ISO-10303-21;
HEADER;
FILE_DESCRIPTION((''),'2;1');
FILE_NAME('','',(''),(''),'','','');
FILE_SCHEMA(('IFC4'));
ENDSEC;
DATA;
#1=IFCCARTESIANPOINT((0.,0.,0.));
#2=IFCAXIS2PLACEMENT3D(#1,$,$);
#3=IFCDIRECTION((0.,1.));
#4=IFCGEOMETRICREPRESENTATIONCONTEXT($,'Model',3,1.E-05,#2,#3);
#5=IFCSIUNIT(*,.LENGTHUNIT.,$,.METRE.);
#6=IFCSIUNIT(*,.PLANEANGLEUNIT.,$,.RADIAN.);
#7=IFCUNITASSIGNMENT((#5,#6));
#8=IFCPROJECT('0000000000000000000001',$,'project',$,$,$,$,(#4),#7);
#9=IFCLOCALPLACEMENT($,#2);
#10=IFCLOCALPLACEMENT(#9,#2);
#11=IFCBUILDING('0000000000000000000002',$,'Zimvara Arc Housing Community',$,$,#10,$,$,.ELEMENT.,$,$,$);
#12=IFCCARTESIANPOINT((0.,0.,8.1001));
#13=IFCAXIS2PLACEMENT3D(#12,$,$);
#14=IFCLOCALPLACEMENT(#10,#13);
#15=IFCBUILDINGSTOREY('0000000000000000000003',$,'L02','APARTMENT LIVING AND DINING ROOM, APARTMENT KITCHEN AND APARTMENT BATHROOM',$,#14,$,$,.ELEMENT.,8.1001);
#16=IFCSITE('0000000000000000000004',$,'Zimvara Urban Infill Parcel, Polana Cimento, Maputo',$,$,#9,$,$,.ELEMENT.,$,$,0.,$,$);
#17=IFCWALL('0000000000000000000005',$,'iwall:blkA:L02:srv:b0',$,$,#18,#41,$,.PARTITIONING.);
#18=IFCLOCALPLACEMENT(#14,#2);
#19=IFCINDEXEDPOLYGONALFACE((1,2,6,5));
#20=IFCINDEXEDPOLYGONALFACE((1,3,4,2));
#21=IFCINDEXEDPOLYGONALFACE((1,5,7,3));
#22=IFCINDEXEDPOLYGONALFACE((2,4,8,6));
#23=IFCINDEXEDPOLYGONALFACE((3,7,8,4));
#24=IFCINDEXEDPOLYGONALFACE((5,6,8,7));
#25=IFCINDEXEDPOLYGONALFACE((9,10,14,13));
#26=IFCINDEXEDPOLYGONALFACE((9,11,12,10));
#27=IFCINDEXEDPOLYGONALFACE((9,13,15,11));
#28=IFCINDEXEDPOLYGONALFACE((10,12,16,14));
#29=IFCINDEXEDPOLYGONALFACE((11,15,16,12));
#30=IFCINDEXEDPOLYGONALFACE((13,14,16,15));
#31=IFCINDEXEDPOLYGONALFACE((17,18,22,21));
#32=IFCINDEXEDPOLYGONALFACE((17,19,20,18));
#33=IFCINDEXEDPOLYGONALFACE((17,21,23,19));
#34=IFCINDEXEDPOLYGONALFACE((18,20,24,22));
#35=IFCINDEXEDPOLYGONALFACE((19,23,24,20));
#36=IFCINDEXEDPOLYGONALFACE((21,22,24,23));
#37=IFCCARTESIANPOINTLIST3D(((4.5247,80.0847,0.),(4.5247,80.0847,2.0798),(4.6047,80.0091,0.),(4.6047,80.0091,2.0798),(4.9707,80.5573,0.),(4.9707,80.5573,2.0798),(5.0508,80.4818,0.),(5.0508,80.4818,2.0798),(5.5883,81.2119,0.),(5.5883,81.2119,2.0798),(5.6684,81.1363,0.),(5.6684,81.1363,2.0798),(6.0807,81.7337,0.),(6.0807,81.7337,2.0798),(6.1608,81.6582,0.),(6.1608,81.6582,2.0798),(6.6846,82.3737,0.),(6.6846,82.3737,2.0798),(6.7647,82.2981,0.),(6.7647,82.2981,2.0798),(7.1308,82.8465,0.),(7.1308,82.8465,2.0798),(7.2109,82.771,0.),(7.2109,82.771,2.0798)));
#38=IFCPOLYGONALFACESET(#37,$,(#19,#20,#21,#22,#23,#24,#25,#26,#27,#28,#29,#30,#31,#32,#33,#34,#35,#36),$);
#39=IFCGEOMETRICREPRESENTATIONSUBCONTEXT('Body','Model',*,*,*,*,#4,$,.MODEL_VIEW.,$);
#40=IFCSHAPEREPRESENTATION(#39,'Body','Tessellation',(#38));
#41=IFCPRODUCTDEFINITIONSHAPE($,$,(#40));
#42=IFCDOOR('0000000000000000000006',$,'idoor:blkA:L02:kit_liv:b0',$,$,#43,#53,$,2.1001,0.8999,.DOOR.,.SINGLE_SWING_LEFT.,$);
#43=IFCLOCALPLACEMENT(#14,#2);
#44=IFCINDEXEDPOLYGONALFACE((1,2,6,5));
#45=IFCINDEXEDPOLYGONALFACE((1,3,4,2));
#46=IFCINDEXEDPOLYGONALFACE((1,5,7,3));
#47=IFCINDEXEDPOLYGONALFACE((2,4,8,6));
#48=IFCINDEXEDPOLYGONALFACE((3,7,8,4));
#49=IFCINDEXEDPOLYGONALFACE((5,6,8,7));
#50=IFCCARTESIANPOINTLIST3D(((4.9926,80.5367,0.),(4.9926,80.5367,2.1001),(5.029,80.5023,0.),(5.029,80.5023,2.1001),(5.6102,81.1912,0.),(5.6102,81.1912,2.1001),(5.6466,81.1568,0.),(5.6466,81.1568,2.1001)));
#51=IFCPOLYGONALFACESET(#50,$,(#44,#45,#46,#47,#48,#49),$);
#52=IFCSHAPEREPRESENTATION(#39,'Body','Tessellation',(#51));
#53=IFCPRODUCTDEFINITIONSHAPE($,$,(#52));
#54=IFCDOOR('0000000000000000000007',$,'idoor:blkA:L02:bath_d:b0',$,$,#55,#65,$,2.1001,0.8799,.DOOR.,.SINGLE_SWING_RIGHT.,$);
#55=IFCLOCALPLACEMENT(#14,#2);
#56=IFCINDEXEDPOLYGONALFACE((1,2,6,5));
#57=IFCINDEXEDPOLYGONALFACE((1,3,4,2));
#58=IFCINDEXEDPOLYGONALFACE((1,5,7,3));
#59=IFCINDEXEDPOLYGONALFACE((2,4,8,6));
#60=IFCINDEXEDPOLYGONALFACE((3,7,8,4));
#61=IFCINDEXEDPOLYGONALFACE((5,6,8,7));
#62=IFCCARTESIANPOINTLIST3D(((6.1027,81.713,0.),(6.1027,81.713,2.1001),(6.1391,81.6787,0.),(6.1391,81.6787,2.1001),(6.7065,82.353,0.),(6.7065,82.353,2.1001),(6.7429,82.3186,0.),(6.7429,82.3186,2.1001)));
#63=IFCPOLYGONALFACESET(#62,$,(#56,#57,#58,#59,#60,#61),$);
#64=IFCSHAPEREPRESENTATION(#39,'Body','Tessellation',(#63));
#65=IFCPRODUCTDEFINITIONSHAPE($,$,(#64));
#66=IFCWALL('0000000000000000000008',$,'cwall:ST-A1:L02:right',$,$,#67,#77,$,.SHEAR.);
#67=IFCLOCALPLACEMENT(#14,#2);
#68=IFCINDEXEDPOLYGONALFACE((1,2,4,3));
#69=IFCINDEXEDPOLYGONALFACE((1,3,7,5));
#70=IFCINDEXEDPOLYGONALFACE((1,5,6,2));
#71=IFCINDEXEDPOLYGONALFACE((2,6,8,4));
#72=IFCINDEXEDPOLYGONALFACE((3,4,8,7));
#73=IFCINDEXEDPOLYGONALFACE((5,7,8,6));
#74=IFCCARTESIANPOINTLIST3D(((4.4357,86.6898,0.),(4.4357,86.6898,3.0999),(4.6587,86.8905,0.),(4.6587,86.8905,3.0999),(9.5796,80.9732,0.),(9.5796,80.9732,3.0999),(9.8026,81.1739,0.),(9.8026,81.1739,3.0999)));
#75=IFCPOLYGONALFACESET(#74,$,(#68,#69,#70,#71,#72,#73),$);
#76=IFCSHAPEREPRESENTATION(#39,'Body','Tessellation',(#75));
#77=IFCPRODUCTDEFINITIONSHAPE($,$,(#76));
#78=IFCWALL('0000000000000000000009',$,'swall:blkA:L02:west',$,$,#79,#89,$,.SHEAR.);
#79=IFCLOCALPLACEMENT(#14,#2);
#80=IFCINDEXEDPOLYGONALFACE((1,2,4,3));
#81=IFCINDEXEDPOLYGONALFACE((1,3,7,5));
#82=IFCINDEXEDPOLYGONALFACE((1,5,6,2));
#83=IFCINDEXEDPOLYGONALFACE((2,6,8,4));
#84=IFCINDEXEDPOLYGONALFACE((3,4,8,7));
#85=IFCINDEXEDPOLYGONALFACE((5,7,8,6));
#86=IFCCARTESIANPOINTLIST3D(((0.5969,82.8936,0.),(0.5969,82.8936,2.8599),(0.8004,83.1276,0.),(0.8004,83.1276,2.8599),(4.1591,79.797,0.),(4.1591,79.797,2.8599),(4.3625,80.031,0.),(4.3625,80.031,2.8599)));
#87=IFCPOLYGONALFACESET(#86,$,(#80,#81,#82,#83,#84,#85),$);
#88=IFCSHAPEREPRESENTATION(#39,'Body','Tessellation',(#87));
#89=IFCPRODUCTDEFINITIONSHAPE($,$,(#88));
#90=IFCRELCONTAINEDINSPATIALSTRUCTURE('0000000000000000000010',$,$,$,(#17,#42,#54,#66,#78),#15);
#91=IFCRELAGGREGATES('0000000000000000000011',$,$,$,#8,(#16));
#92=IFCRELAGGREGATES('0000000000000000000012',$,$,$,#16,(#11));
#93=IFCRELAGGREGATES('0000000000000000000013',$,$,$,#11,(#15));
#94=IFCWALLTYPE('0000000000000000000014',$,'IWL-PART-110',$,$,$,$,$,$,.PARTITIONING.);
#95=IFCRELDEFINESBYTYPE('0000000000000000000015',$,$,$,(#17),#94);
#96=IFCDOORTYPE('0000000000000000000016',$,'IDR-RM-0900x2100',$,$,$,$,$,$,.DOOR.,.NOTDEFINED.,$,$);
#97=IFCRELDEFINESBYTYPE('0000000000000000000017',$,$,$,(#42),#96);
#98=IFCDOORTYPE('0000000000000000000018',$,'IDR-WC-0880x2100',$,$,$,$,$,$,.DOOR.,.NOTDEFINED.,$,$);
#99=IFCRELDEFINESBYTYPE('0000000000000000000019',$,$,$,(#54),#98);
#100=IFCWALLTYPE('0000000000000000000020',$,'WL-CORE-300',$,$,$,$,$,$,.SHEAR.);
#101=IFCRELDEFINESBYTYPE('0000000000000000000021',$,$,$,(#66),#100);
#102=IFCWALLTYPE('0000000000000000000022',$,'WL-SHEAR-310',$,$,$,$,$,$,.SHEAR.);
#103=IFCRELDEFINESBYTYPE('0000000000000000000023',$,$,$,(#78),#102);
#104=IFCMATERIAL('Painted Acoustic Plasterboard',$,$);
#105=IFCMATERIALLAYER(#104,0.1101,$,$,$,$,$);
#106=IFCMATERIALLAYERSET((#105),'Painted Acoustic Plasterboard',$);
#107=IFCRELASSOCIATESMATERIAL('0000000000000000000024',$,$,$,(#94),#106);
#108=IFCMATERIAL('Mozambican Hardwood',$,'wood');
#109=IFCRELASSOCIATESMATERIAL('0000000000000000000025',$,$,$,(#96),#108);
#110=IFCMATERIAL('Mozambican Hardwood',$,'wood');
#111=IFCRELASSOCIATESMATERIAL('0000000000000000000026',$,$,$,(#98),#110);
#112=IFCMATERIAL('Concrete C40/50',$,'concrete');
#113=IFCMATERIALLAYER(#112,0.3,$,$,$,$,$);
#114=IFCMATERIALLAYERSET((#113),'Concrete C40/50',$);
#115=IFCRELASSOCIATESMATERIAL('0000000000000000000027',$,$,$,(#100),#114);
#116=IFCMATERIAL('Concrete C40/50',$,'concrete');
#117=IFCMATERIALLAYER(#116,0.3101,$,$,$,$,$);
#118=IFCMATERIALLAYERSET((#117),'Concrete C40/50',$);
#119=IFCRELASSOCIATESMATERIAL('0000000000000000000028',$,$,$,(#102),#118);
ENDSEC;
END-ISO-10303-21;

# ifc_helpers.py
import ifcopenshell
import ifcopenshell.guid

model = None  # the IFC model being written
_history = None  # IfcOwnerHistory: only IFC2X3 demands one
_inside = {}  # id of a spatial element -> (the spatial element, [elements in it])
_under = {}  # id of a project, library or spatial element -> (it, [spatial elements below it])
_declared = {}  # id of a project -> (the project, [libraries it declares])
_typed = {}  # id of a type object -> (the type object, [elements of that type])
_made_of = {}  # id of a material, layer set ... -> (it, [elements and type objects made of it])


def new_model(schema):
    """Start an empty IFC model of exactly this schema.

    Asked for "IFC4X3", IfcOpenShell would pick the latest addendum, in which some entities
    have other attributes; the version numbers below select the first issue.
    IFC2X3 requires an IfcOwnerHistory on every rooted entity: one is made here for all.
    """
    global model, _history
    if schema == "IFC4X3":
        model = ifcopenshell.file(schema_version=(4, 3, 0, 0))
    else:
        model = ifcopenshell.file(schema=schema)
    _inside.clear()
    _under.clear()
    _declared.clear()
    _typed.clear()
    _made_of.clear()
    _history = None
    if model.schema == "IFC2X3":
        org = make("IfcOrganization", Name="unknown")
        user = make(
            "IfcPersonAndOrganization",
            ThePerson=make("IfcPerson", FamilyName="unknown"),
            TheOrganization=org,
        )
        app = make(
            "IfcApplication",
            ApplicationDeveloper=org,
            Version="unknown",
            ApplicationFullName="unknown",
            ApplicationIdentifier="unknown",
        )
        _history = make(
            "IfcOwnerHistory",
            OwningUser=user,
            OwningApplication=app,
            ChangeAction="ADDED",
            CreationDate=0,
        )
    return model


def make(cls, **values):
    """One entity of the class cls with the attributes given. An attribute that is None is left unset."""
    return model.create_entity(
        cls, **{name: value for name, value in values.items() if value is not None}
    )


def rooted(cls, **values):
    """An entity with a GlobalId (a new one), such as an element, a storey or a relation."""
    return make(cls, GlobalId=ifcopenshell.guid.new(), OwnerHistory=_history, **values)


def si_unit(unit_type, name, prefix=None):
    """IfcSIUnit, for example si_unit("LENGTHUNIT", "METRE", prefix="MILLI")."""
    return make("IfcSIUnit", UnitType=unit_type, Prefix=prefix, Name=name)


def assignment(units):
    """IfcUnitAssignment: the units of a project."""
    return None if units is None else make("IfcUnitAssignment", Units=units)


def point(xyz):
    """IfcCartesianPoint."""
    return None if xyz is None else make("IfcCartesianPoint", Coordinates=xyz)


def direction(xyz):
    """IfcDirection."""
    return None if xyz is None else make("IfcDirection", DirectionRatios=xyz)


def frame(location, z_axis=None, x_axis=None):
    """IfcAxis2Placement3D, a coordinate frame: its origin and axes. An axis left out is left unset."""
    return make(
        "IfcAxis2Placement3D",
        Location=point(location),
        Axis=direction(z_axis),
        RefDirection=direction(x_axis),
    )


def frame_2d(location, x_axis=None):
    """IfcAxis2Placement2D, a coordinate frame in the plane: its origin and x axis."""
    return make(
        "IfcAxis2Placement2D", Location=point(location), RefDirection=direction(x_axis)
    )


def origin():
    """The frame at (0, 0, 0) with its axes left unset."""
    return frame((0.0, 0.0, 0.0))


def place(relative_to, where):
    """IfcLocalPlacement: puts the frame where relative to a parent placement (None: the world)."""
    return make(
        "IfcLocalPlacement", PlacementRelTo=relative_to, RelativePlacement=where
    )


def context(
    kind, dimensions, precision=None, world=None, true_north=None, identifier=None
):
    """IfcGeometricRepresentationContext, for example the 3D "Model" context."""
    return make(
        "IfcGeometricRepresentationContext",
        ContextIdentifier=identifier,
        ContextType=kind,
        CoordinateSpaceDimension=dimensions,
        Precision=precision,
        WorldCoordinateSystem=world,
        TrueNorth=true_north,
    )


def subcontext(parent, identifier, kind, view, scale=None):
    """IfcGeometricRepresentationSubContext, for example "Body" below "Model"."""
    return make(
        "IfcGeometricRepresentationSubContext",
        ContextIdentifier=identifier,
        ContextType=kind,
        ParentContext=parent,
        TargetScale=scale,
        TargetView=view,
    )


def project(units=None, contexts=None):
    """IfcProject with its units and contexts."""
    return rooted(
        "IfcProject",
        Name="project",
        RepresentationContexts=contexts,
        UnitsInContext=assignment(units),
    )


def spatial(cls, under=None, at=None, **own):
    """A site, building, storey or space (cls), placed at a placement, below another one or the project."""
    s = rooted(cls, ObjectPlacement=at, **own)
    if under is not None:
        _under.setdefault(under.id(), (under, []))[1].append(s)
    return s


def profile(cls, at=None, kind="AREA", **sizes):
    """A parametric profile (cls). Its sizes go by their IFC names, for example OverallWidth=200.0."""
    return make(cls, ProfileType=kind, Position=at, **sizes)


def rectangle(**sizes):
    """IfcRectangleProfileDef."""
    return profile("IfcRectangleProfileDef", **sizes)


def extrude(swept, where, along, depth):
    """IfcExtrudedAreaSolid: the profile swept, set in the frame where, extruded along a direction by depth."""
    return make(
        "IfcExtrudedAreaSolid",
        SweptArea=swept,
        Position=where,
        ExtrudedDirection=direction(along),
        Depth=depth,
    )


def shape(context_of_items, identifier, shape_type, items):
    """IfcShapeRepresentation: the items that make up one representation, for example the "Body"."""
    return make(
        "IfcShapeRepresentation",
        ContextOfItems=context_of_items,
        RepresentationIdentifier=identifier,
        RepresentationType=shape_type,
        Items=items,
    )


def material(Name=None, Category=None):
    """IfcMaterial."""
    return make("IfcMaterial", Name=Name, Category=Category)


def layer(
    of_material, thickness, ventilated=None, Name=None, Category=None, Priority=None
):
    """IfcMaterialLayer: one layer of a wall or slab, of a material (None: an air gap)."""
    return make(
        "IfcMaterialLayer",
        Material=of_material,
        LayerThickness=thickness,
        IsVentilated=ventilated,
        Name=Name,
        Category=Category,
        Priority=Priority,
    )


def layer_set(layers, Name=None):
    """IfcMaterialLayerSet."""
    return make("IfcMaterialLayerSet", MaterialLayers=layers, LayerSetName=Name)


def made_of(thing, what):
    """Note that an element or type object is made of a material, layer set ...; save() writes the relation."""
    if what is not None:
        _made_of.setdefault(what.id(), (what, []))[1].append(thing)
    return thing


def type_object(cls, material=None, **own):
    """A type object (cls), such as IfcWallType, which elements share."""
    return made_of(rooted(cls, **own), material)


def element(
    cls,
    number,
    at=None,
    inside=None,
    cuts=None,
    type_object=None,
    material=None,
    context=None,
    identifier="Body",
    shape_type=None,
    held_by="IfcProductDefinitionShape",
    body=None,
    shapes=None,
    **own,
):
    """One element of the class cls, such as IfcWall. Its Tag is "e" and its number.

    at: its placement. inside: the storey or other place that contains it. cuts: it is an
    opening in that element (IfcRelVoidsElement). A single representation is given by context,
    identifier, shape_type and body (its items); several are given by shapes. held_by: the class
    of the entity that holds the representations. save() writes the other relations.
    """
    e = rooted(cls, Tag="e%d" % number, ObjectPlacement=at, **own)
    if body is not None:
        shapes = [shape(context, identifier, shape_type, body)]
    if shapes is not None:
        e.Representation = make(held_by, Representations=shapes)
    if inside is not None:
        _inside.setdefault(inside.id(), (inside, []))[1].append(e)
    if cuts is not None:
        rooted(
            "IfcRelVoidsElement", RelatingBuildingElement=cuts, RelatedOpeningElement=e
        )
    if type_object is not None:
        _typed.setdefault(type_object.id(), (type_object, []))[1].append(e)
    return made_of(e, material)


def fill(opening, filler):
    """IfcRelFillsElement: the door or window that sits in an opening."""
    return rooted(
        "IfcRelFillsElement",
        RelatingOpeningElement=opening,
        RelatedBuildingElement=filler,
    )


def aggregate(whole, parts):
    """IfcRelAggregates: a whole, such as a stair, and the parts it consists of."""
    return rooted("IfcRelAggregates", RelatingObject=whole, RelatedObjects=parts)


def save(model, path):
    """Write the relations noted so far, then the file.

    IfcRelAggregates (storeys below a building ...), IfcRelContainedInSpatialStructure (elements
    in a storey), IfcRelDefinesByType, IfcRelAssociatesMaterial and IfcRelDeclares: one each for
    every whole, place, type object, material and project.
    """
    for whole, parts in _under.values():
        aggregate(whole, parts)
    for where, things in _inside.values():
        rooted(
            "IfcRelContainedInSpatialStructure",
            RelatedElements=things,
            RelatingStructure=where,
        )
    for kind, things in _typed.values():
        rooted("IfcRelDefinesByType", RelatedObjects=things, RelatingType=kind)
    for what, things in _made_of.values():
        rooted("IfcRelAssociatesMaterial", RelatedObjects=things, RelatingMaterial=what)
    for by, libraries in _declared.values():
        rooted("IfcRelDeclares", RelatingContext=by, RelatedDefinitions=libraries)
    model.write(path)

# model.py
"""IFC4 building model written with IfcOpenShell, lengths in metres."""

from ifc_helpers import new_model, si_unit, direction, frame, frame_2d, origin, place, context, subcontext, project, spatial, rectangle, extrude, material, layer, layer_set, type_object, element, fill, save


model = new_model("IFC4")

# Units and contexts
model_context = context("Model", 3, precision=1e-05, world=origin(), true_north=direction((0.0, 1.0)))
body_context = subcontext(model_context, "Body", "Model", "MODEL_VIEW")
ifc_project = project(units=[si_unit("LENGTHUNIT", "METRE"), si_unit("PLANEANGLEUNIT", "RADIAN")], contexts=[model_context])

# Site, building, storey
site_placement = place(None, origin())
site = spatial("IfcSite", under=ifc_project, at=site_placement, Name="Zimvara Urban Infill Parcel, Polana Cimento, Maputo", CompositionType="ELEMENT", RefElevation=0.0)
building_placement = place(site_placement, origin())
building = spatial("IfcBuilding", under=site, at=building_placement, Name="Zimvara Arc Housing Community", CompositionType="ELEMENT")
storey_placement = place(building_placement, frame((0.0, 0.0, 8.1001)))
storey = spatial("IfcBuildingStorey", under=building, at=storey_placement, Name="L02", Description="APARTMENT LIVING AND DINING ROOM, APARTMENT KITCHEN AND APARTMENT BATHROOM", CompositionType="ELEMENT", Elevation=8.1001)

# Wall, openings, doors
ifc_material_1 = material(Name="Painted Acoustic Plasterboard")
ifc_layer_1 = layer(ifc_material_1, 0.1101)
ifc_layer_set_1 = layer_set([ifc_layer_1], Name="Painted Acoustic Plasterboard")
wall_type_1 = type_object("IfcWallType", Name="IWL-PART-110", PredefinedType="PARTITIONING", material=ifc_layer_set_1)
wall_1_placement = place(storey_placement, frame((4.5647, 80.0469, 0.0), z_axis=(0.0, 0.0, 1.0), x_axis=(0.686301, 0.727318, 0.0)))
wall_1 = element("IfcWall", 1, at=wall_1_placement, inside=storey, type_object=wall_type_1, Name="iwall:blkA:L02:srv:b0", PredefinedType="PARTITIONING", context=body_context, shape_type="SweptSolid", body=[
    extrude(rectangle(XDim=3.7974, YDim=0.1101, at=frame_2d((1.8987, 0.0))), origin(), (0.0, 0.0, 1.0), 2.0798),
])
opening_1_placement = place(wall_1_placement, frame((0.6499, 0.0, 0.0)))
opening_1 = element("IfcOpeningElement", 2, at=opening_1_placement, cuts=wall_1, PredefinedType="OPENING", context=body_context, shape_type="SweptSolid", body=[
    extrude(rectangle(XDim=0.8999, YDim=2.1001, at=frame_2d((0.45, 1.05))), frame((0.0, 0.0649, 0.0), z_axis=(0.0, -1.0, 0.0), x_axis=(1.0, 0.0, 0.0)), (0.0, 0.0, 1.0), 0.1301),
])
opening_2_placement = place(wall_1_placement, frame((2.2673, 0.0, 0.0)))
opening_2 = element("IfcOpeningElement", 3, at=opening_2_placement, cuts=wall_1, PredefinedType="OPENING", context=body_context, shape_type="SweptSolid", body=[
    extrude(rectangle(XDim=0.8799, YDim=2.1001, at=frame_2d((0.4399, 1.05))), frame((0.0, 0.0649, 0.0), z_axis=(0.0, -1.0, 0.0), x_axis=(1.0, 0.0, 0.0)), (0.0, 0.0, 1.0), 0.1301),
])
ifc_material_2 = material(Name="Mozambican Hardwood", Category="wood")
door_type_1 = type_object("IfcDoorType", Name="IDR-RM-0900x2100", OperationType="NOTDEFINED", PredefinedType="DOOR", material=ifc_material_2)
door_1_placement = place(opening_1_placement, origin())
door_1 = element("IfcDoor", 4, at=door_1_placement, inside=storey, type_object=door_type_1, Name="idoor:blkA:L02:kit_liv:b0", OperationType="SINGLE_SWING_LEFT", OverallHeight=2.1001, OverallWidth=0.8999, PredefinedType="DOOR", context=body_context, shape_type="SweptSolid", body=[
    extrude(rectangle(XDim=0.8999, YDim=2.1001, at=frame_2d((0.45, 1.05))), frame((0.0, 0.0249, 0.0), z_axis=(0.0, -1.0, 0.0), x_axis=(1.0, 0.0, 0.0)), (0.0, 0.0, 1.0), 0.05),
])
fill(opening_1, door_1)
ifc_material_3 = material(Name="Mozambican Hardwood", Category="wood")
door_type_2 = type_object("IfcDoorType", Name="IDR-WC-0880x2100", OperationType="NOTDEFINED", PredefinedType="DOOR", material=ifc_material_3)
door_2_placement = place(opening_2_placement, origin())
door_2 = element("IfcDoor", 5, at=door_2_placement, inside=storey, type_object=door_type_2, Name="idoor:blkA:L02:bath_d:b0", OperationType="SINGLE_SWING_RIGHT", OverallHeight=2.1001, OverallWidth=0.8799, PredefinedType="DOOR", context=body_context, shape_type="SweptSolid", body=[
    extrude(rectangle(XDim=0.8799, YDim=2.1001, at=frame_2d((0.4399, 1.05))), frame((0.0, 0.0249, 0.0), z_axis=(0.0, -1.0, 0.0), x_axis=(1.0, 0.0, 0.0)), (0.0, 0.0, 1.0), 0.05),
])
fill(opening_2, door_2)

# Walls
ifc_material_4 = material(Name="Concrete C40/50", Category="concrete")
ifc_layer_2 = layer(ifc_material_4, 0.3)
ifc_layer_set_2 = layer_set([ifc_layer_2], Name="Concrete C40/50")
wall_type_2 = type_object("IfcWallType", Name="WL-CORE-300", PredefinedType="SHEAR", material=ifc_layer_set_2)
wall_2_placement = place(storey_placement, frame((9.6912, 81.0735, 0.0), z_axis=(0.0, 0.0, 1.0), x_axis=(-0.668886, 0.743365, 0.0)))
element("IfcWall", 6, at=wall_2_placement, inside=storey, type_object=wall_type_2, Name="cwall:ST-A1:L02:right", PredefinedType="SHEAR", context=body_context, shape_type="SweptSolid", body=[
    extrude(rectangle(XDim=7.6902, YDim=0.3, at=frame_2d((3.8452, 0.0))), origin(), (0.0, 0.0, 1.0), 3.0999),
])
ifc_material_5 = material(Name="Concrete C40/50", Category="concrete")
ifc_layer_3 = layer(ifc_material_5, 0.3101)
ifc_layer_set_3 = layer_set([ifc_layer_3], Name="Concrete C40/50")
wall_type_3 = type_object("IfcWallType", Name="WL-SHEAR-310", PredefinedType="SHEAR", material=ifc_layer_set_3)
wall_3_placement = place(storey_placement, frame((4.2607, 79.9141, 0.0), z_axis=(0.0, 0.0, 1.0), x_axis=(-0.754704, 0.656066, 0.0)))
element("IfcWall", 7, at=wall_3_placement, inside=storey, type_object=wall_type_3, Name="swall:blkA:L02:west", PredefinedType="SHEAR", context=body_context, shape_type="SweptSolid", body=[
    extrude(rectangle(XDim=4.72, YDim=0.3101, at=frame_2d((2.3599, 0.0))), origin(), (0.0, 0.0, 1.0), 2.8599),
])

save(model, "model.ifc")
